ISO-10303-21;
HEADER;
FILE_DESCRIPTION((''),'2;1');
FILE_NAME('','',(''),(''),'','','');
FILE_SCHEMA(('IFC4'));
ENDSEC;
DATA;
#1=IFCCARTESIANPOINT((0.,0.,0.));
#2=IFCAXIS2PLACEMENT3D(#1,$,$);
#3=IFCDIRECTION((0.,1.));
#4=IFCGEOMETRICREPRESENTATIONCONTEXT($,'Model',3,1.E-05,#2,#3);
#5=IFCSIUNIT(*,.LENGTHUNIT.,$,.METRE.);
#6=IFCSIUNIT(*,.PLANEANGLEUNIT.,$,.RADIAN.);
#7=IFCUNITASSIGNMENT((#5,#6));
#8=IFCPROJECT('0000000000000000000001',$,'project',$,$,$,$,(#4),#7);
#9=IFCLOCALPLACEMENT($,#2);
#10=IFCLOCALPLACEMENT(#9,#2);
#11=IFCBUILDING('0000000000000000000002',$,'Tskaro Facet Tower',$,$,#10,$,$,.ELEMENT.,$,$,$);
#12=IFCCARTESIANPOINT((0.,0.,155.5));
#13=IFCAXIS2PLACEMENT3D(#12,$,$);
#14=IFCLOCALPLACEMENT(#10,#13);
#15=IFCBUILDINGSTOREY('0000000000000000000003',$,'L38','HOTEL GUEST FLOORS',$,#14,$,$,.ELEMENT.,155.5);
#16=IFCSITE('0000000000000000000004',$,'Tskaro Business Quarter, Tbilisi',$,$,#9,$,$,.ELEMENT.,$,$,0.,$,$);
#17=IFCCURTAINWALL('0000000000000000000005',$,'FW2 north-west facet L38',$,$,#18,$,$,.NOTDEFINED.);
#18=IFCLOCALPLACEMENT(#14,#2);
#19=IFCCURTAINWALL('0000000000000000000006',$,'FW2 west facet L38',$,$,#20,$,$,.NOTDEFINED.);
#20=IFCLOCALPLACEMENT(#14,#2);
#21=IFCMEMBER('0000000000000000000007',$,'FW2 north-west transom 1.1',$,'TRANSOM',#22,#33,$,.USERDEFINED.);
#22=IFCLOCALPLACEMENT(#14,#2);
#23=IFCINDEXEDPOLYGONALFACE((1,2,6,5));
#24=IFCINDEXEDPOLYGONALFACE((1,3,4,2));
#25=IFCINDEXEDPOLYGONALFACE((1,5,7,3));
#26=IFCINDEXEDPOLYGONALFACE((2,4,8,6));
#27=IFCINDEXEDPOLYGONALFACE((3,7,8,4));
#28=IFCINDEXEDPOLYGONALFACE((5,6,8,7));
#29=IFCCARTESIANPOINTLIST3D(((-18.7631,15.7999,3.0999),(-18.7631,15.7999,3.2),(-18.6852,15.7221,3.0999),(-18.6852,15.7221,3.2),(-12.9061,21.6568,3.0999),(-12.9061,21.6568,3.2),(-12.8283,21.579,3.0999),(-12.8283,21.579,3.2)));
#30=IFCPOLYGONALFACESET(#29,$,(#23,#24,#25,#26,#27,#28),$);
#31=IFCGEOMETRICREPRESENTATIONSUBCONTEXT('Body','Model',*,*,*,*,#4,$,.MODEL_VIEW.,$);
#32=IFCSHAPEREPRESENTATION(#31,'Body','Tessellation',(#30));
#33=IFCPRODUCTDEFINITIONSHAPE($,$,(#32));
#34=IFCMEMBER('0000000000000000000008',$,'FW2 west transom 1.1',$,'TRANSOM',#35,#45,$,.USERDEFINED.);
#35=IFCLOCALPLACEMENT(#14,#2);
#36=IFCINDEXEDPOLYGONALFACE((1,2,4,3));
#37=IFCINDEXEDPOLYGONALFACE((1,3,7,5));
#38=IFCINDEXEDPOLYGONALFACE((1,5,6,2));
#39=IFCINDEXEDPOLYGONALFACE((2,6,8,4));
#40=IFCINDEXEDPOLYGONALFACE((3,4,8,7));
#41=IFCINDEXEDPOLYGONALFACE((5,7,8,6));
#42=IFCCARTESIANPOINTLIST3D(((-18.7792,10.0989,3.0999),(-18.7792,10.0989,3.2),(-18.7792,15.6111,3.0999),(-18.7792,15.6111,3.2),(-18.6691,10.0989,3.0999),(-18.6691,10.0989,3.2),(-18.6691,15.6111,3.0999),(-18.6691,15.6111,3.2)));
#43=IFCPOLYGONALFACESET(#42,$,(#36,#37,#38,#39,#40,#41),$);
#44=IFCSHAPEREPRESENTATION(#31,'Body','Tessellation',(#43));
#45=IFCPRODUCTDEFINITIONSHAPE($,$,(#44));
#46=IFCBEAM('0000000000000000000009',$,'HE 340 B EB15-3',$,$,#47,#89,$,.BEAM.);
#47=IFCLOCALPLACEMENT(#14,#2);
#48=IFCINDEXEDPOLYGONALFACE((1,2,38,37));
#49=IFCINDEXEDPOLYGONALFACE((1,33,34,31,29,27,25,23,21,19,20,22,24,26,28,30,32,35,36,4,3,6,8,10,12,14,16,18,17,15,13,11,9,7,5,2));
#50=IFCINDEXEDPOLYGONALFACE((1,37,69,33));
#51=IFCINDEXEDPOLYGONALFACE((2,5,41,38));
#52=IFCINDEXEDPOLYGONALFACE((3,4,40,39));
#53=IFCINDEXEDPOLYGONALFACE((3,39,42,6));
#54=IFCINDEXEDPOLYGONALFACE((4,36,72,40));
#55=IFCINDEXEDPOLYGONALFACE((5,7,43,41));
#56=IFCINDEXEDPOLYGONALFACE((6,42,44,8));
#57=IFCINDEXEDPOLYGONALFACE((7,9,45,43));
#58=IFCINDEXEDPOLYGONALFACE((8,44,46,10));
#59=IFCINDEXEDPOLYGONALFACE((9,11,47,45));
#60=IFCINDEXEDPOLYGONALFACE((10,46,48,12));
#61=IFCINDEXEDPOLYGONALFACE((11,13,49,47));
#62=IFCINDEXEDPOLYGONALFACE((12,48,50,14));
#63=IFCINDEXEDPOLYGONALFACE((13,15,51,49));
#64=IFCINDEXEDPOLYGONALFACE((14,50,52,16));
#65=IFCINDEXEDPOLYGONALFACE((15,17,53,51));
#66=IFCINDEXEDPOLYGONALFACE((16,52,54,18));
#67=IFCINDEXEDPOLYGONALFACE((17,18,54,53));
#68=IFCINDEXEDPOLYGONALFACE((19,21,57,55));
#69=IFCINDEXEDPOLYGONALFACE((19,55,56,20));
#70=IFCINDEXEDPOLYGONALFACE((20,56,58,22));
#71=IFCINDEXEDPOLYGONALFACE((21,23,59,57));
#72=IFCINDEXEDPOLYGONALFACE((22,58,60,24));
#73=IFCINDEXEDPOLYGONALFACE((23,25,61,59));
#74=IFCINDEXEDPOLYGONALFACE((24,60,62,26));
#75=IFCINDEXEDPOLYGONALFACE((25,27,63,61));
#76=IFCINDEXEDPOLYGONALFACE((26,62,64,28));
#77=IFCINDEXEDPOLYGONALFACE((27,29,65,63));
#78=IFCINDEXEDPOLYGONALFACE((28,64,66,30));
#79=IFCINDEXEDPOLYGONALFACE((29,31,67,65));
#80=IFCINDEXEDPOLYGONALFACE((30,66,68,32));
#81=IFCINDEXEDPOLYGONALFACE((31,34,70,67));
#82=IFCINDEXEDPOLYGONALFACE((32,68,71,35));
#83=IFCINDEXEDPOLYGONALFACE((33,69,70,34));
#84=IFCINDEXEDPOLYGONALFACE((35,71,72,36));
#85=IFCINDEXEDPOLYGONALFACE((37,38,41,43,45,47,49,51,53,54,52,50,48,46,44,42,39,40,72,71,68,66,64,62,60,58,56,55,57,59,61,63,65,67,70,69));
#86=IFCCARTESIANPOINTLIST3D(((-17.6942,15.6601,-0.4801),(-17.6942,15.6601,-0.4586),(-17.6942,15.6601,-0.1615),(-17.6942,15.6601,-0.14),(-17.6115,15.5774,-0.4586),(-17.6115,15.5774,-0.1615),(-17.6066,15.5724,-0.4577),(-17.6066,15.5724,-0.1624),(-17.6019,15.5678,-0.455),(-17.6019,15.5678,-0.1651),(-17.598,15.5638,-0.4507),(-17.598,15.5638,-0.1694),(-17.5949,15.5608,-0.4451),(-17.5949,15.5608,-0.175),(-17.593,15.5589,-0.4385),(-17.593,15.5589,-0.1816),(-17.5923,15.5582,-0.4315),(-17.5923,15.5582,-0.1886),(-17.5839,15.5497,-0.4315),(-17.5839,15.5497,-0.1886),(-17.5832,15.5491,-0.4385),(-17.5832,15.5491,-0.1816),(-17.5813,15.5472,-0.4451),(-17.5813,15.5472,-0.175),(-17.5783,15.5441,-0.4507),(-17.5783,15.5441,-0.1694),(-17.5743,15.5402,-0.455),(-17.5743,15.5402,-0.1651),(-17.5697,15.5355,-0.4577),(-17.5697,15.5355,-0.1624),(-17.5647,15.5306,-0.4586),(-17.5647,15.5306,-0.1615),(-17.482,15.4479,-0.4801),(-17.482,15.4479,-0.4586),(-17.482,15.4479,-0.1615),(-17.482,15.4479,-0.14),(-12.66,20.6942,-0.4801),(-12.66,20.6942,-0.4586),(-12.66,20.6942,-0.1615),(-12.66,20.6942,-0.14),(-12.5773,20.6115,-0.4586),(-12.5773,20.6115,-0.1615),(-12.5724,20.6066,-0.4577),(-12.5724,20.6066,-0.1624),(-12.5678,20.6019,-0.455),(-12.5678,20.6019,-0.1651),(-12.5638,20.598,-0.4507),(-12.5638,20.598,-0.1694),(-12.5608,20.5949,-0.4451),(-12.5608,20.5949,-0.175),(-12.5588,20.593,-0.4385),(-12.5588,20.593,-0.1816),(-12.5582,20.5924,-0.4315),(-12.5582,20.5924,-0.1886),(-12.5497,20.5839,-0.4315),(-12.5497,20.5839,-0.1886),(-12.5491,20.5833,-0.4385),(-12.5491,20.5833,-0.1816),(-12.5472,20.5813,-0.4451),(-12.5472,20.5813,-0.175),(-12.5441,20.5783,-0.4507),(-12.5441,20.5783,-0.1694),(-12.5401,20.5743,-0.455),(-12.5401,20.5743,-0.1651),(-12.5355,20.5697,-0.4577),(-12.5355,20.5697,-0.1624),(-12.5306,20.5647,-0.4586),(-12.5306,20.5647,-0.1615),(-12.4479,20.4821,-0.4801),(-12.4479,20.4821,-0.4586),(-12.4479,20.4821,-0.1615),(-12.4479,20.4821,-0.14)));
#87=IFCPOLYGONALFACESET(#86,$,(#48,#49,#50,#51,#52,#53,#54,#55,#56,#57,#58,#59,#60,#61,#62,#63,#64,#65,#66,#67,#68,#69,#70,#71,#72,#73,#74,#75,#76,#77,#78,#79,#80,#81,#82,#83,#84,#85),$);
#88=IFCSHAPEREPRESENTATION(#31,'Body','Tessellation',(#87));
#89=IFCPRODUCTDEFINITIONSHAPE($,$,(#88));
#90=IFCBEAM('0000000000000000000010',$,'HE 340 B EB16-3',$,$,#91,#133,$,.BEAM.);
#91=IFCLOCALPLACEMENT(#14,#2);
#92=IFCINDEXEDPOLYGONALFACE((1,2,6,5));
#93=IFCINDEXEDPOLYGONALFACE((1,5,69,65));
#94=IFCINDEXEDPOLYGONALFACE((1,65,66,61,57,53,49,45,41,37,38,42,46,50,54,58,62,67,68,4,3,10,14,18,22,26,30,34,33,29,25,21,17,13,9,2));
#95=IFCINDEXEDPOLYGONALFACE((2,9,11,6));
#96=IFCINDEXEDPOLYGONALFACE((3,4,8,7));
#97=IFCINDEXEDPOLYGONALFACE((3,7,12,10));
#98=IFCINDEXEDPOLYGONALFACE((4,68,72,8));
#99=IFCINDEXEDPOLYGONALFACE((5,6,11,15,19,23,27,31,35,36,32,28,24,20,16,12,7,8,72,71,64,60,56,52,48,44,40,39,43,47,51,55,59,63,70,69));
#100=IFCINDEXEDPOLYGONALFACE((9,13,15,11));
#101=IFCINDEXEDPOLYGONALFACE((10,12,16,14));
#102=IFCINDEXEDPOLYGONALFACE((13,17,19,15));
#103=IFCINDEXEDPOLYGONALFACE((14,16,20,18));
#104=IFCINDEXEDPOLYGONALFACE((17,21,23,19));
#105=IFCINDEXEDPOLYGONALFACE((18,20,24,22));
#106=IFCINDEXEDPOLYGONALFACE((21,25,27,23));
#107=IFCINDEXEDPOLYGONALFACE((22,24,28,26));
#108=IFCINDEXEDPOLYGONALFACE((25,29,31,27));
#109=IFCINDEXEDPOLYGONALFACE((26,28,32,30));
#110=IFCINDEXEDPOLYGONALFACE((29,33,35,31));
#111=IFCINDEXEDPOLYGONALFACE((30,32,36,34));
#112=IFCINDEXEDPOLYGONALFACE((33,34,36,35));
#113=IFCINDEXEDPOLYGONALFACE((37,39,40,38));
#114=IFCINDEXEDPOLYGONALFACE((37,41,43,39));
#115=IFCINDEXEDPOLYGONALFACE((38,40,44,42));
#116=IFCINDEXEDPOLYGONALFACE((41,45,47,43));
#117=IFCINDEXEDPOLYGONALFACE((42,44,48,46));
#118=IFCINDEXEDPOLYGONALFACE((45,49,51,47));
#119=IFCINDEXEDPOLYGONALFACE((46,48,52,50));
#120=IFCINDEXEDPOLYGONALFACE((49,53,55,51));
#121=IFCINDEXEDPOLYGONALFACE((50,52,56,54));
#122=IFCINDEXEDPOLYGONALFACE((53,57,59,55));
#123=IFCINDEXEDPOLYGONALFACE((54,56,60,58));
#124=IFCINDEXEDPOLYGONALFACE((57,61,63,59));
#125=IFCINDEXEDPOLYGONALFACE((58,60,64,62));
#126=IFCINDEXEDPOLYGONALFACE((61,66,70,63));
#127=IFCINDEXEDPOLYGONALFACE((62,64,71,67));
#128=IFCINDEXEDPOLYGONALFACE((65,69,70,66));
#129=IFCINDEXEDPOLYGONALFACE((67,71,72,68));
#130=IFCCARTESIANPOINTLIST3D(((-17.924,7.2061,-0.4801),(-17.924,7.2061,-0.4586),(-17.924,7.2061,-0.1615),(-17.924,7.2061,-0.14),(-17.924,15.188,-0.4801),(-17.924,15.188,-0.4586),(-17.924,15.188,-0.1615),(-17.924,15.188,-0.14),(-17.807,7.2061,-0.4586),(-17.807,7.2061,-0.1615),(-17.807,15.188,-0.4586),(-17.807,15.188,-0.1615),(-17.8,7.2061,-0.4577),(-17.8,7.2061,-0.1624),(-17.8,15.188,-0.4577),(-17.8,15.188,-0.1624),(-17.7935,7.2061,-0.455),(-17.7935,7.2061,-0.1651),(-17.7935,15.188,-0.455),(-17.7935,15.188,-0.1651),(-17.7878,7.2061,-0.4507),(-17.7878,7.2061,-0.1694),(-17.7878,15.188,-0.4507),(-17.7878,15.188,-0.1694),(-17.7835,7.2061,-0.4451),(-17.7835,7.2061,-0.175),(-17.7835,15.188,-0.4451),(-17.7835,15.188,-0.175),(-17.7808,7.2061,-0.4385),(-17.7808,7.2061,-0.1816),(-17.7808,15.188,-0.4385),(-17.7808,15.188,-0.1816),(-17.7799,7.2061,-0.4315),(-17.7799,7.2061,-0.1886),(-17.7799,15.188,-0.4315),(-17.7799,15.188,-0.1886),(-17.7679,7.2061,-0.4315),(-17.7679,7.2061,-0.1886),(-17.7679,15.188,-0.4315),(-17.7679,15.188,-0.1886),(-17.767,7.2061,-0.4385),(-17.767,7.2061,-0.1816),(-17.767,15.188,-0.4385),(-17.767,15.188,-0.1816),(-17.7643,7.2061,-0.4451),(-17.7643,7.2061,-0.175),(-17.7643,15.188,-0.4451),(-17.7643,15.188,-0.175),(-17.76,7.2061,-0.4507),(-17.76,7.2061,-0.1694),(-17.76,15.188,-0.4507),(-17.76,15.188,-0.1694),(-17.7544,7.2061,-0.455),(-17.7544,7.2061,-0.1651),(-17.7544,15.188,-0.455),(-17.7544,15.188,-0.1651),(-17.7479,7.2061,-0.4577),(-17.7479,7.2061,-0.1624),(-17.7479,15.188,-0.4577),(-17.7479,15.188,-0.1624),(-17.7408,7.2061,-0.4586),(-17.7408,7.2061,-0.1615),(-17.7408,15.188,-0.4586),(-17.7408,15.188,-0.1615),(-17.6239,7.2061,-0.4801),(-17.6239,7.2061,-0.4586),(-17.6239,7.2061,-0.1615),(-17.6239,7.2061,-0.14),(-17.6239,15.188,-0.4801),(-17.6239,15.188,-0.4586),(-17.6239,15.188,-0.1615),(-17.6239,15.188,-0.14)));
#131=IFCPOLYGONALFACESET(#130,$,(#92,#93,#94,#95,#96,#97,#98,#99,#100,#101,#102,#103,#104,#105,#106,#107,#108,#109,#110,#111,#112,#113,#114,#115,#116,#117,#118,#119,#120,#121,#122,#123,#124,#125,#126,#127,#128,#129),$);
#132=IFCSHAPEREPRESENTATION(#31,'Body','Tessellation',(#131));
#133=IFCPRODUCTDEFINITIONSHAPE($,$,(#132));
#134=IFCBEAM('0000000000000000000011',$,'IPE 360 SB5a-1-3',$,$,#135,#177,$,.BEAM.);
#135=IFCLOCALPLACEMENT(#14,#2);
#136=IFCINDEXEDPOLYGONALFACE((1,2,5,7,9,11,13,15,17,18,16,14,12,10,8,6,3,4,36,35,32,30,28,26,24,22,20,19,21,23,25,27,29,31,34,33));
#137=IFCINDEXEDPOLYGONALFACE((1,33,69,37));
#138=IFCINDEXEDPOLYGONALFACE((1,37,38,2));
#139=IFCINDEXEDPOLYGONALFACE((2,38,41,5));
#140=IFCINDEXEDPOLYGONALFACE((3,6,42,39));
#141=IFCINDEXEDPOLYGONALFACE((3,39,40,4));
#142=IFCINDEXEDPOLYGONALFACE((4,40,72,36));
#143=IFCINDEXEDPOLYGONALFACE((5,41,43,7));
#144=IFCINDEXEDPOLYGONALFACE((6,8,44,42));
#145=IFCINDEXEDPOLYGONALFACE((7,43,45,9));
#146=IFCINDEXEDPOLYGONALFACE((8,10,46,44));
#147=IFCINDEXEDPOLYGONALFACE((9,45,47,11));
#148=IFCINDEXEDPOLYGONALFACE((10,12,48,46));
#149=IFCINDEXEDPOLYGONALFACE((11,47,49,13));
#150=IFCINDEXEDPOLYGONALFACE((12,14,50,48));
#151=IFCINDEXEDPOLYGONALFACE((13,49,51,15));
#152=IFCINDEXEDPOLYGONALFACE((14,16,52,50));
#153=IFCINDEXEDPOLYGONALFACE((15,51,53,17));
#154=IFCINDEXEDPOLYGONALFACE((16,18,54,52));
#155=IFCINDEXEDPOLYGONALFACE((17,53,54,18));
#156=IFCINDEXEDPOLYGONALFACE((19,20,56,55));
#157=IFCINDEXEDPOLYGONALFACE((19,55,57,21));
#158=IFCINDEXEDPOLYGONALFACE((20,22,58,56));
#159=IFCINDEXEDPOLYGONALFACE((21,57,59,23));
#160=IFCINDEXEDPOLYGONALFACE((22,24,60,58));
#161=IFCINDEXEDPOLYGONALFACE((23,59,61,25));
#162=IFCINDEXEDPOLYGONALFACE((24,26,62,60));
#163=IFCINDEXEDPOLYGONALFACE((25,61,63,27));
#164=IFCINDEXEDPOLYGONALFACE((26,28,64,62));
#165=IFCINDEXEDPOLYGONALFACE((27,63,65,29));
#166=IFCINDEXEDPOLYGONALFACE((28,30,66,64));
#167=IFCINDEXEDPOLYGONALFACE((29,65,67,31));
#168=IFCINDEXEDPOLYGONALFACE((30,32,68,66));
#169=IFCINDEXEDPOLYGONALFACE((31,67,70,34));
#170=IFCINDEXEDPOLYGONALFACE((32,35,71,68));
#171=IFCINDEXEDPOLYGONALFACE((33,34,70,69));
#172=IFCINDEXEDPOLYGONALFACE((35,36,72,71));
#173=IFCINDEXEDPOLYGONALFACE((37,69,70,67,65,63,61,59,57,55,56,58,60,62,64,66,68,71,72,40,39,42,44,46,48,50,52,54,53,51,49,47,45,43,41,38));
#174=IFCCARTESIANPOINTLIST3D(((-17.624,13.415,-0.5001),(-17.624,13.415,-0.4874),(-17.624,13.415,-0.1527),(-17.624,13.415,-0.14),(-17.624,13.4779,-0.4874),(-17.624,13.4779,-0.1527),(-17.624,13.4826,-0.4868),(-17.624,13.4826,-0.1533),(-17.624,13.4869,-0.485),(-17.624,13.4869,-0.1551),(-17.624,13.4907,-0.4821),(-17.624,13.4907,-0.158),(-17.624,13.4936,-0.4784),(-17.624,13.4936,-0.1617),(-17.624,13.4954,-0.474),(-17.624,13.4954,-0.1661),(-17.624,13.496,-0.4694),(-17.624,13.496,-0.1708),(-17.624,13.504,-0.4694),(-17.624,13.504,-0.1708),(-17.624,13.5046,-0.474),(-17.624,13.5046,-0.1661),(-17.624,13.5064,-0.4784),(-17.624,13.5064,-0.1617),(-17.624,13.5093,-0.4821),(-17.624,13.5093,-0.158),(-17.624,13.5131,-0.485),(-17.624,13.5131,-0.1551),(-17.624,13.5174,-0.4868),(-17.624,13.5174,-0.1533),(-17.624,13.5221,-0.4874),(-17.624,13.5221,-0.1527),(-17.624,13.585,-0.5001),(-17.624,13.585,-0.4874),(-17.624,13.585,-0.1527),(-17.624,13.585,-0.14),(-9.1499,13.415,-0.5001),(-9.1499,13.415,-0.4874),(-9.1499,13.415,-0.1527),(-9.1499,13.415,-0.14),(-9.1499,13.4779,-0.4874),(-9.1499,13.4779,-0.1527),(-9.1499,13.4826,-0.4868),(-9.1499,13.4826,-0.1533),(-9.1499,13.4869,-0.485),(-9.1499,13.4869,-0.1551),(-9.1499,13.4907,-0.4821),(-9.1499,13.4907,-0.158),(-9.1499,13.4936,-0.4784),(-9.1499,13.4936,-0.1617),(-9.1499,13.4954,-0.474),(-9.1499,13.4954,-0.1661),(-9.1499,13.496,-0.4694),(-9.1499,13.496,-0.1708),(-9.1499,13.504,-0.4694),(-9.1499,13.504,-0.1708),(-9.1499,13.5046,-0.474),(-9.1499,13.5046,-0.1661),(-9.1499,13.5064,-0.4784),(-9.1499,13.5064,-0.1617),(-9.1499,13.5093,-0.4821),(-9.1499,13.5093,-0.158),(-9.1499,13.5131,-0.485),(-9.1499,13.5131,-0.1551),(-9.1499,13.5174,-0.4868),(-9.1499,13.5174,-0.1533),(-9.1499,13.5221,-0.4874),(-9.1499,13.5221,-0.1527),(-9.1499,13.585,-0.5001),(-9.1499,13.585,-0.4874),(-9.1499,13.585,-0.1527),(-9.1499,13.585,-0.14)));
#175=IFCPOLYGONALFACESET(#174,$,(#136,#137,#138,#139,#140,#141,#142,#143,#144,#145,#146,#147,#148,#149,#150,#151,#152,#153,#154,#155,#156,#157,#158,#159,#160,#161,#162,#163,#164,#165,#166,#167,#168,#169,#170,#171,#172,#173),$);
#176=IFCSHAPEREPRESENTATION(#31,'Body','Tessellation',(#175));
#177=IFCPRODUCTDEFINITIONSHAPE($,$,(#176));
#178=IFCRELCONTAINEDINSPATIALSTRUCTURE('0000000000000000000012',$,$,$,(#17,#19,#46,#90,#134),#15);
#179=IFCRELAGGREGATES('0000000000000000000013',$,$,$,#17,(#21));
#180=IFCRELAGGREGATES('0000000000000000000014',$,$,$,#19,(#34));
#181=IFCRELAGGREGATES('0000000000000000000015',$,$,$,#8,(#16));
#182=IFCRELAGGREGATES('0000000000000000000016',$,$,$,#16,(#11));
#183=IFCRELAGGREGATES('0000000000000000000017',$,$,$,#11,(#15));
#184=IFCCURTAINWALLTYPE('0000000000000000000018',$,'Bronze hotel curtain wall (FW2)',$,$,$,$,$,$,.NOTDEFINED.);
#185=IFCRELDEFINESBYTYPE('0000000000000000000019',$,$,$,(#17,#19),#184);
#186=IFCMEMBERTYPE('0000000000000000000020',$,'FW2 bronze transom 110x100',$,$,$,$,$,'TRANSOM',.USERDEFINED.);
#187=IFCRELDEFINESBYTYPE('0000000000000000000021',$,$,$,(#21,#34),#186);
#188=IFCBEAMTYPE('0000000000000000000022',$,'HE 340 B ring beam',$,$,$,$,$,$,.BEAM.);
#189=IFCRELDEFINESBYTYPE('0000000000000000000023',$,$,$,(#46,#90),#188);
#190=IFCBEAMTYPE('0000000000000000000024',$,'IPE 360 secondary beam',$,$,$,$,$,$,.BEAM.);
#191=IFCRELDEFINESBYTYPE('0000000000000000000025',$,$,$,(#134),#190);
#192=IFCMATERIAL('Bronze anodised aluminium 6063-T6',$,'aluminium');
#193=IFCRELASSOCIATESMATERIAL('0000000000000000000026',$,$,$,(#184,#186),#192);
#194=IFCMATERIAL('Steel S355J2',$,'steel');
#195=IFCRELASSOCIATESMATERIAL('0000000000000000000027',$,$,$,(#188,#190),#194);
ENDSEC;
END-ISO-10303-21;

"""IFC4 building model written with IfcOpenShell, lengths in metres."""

from ifc_helpers import new_model, si_unit, direction, frame, origin, origin_2d, place, context, subcontext, project, spatial, rectangle, i_section, extrude, material, material_profile, profile_set, type_object, element, aggregate, save


model = new_model("IFC4")

# Units and contexts
model_context = context("Model", 3, precision=1e-05, world=origin(), true_north=direction((0.0, 1.0)))
body_context = subcontext(model_context, "Body", "Model", "MODEL_VIEW")
ifc_project = project(units=[si_unit("LENGTHUNIT", "METRE"), si_unit("PLANEANGLEUNIT", "RADIAN")], contexts=[model_context])

# Site, building, storey
site_placement = place(None, origin())
site = spatial("IfcSite", under=ifc_project, at=site_placement, Name="Tskaro Business Quarter, Tbilisi", CompositionType="ELEMENT", RefElevation=0.0)
building_placement = place(site_placement, origin())
building = spatial("IfcBuilding", under=site, at=building_placement, Name="Tskaro Facet Tower", CompositionType="ELEMENT")
storey_placement = place(building_placement, frame((0.0, 0.0, 155.5)))
storey = spatial("IfcBuildingStorey", under=building, at=storey_placement, Name="L38", Description="HOTEL GUEST FLOORS", CompositionType="ELEMENT", Elevation=155.5)

# Curtain walls
ifc_material_1 = material(Name="Bronze anodised aluminium 6063-T6", Category="aluminium")
curtain_wall_type = type_object("IfcCurtainWallType", Name="Bronze hotel curtain wall (FW2)", PredefinedType="NOTDEFINED", material=ifc_material_1)
curtain_wall_1_placement = place(storey_placement, origin())
curtain_wall_1 = element("IfcCurtainWall", 1, at=curtain_wall_1_placement, inside=storey, type_object=curtain_wall_type, Name="FW2 north-west facet L38", PredefinedType="NOTDEFINED")
curtain_wall_2_placement = place(storey_placement, origin())
curtain_wall_2 = element("IfcCurtainWall", 2, at=curtain_wall_2_placement, inside=storey, type_object=curtain_wall_type, Name="FW2 west facet L38", PredefinedType="NOTDEFINED")

# Members
ifc_material_profile_1 = material_profile(ifc_material_1, rectangle(XDim=0.1101, YDim=0.1001, at=origin_2d()), Name="Transom 110x100")
ifc_profile_set_1 = profile_set([ifc_material_profile_1], Name="Bronze anodised aluminium 6063-T6")
member_type_1 = type_object("IfcMemberType", Name="FW2 bronze transom 110x100", ElementType="TRANSOM", PredefinedType="USERDEFINED", material=ifc_profile_set_1)
member_1_placement = place(storey_placement, frame((-12.8672, 21.6179, 3.1499), z_axis=(-0.707107, -0.707107, 0.0), x_axis=(0.707107, -0.707107, 0.0)))
member_1 = element("IfcMember", 3, at=member_1_placement, type_object=member_type_1, Name="FW2 north-west transom 1.1", ObjectType="TRANSOM", PredefinedType="USERDEFINED", context=body_context, shape_type="SweptSolid", body=[
    extrude(rectangle(XDim=0.1101, YDim=0.1001, at=origin_2d()), origin(), (0.0, 0.0, 1.0), 8.283),
])
member_2_placement = place(storey_placement, frame((-18.7241, 15.6111, 3.1499), z_axis=(0.0, -1.0, 0.0), x_axis=(1.0, 0.0, 0.0)))
member_2 = element("IfcMember", 4, at=member_2_placement, type_object=member_type_1, Name="FW2 west transom 1.1", ObjectType="TRANSOM", PredefinedType="USERDEFINED", context=body_context, shape_type="SweptSolid", body=[
    extrude(rectangle(XDim=0.1101, YDim=0.1001, at=origin_2d()), origin(), (0.0, 0.0, 1.0), 5.5122),
])

# Beams
ifc_material_2 = material(Name="Steel S355J2", Category="steel")
ifc_material_profile_2 = material_profile(ifc_material_2, i_section(OverallWidth=0.3, OverallDepth=0.3401, WebThickness=0.012, FlangeThickness=0.0215, FilletRadius=0.0271, at=origin_2d()), Name="HE 340 B")
ifc_profile_set_2 = profile_set([ifc_material_profile_2], Name="Steel S355J2")
beam_type_1 = type_object("IfcBeamType", Name="HE 340 B ring beam", PredefinedType="BEAM", material=ifc_profile_set_2)
beam_1_placement = place(storey_placement, frame((-12.554, 20.5881, -0.3101), z_axis=(-0.707107, -0.707107, 0.0), x_axis=(0.707107, -0.707107, 0.0)))
element("IfcBeam", 5, at=beam_1_placement, inside=storey, type_object=beam_type_1, Name="HE 340 B EB15-3", PredefinedType="BEAM", context=body_context, shape_type="SweptSolid", body=[
    extrude(i_section(OverallWidth=0.3, OverallDepth=0.3401, WebThickness=0.012, FlangeThickness=0.0215, FilletRadius=0.0271, at=origin_2d()), origin(), (0.0, 0.0, 1.0), 7.1194),
])
beam_2_placement = place(storey_placement, frame((-17.7739, 15.188, -0.3101), z_axis=(0.0, -1.0, 0.0), x_axis=(1.0, 0.0, 0.0)))
element("IfcBeam", 6, at=beam_2_placement, inside=storey, type_object=beam_type_1, Name="HE 340 B EB16-3", PredefinedType="BEAM", context=body_context, shape_type="SweptSolid", body=[
    extrude(i_section(OverallWidth=0.3, OverallDepth=0.3401, WebThickness=0.012, FlangeThickness=0.0215, FilletRadius=0.0271, at=origin_2d()), origin(), (0.0, 0.0, 1.0), 7.9819),
])
ifc_material_profile_3 = material_profile(ifc_material_2, i_section(OverallWidth=0.1699, OverallDepth=0.3601, WebThickness=0.0081, FlangeThickness=0.0127, FilletRadius=0.0181, at=origin_2d()), Name="IPE 360")
ifc_profile_set_3 = profile_set([ifc_material_profile_3], Name="Steel S355J2")
beam_type_2 = type_object("IfcBeamType", Name="IPE 360 secondary beam", PredefinedType="BEAM", material=ifc_profile_set_3)
beam_3_placement = place(storey_placement, frame((-17.624, 13.5, -0.3201), z_axis=(1.0, 0.0, 0.0), x_axis=(0.0, 1.0, 0.0)))
element("IfcBeam", 7, at=beam_3_placement, inside=storey, type_object=beam_type_2, Name="IPE 360 SB5a-1-3", PredefinedType="BEAM", context=body_context, shape_type="SweptSolid", body=[
    extrude(i_section(OverallWidth=0.1699, OverallDepth=0.3601, WebThickness=0.0081, FlangeThickness=0.0127, FilletRadius=0.0181, at=origin_2d()), origin(), (0.0, 0.0, 1.0), 8.4741),
])

aggregate(curtain_wall_1, [member_1])
aggregate(curtain_wall_2, [member_2])

save(model, "model.ifc")
